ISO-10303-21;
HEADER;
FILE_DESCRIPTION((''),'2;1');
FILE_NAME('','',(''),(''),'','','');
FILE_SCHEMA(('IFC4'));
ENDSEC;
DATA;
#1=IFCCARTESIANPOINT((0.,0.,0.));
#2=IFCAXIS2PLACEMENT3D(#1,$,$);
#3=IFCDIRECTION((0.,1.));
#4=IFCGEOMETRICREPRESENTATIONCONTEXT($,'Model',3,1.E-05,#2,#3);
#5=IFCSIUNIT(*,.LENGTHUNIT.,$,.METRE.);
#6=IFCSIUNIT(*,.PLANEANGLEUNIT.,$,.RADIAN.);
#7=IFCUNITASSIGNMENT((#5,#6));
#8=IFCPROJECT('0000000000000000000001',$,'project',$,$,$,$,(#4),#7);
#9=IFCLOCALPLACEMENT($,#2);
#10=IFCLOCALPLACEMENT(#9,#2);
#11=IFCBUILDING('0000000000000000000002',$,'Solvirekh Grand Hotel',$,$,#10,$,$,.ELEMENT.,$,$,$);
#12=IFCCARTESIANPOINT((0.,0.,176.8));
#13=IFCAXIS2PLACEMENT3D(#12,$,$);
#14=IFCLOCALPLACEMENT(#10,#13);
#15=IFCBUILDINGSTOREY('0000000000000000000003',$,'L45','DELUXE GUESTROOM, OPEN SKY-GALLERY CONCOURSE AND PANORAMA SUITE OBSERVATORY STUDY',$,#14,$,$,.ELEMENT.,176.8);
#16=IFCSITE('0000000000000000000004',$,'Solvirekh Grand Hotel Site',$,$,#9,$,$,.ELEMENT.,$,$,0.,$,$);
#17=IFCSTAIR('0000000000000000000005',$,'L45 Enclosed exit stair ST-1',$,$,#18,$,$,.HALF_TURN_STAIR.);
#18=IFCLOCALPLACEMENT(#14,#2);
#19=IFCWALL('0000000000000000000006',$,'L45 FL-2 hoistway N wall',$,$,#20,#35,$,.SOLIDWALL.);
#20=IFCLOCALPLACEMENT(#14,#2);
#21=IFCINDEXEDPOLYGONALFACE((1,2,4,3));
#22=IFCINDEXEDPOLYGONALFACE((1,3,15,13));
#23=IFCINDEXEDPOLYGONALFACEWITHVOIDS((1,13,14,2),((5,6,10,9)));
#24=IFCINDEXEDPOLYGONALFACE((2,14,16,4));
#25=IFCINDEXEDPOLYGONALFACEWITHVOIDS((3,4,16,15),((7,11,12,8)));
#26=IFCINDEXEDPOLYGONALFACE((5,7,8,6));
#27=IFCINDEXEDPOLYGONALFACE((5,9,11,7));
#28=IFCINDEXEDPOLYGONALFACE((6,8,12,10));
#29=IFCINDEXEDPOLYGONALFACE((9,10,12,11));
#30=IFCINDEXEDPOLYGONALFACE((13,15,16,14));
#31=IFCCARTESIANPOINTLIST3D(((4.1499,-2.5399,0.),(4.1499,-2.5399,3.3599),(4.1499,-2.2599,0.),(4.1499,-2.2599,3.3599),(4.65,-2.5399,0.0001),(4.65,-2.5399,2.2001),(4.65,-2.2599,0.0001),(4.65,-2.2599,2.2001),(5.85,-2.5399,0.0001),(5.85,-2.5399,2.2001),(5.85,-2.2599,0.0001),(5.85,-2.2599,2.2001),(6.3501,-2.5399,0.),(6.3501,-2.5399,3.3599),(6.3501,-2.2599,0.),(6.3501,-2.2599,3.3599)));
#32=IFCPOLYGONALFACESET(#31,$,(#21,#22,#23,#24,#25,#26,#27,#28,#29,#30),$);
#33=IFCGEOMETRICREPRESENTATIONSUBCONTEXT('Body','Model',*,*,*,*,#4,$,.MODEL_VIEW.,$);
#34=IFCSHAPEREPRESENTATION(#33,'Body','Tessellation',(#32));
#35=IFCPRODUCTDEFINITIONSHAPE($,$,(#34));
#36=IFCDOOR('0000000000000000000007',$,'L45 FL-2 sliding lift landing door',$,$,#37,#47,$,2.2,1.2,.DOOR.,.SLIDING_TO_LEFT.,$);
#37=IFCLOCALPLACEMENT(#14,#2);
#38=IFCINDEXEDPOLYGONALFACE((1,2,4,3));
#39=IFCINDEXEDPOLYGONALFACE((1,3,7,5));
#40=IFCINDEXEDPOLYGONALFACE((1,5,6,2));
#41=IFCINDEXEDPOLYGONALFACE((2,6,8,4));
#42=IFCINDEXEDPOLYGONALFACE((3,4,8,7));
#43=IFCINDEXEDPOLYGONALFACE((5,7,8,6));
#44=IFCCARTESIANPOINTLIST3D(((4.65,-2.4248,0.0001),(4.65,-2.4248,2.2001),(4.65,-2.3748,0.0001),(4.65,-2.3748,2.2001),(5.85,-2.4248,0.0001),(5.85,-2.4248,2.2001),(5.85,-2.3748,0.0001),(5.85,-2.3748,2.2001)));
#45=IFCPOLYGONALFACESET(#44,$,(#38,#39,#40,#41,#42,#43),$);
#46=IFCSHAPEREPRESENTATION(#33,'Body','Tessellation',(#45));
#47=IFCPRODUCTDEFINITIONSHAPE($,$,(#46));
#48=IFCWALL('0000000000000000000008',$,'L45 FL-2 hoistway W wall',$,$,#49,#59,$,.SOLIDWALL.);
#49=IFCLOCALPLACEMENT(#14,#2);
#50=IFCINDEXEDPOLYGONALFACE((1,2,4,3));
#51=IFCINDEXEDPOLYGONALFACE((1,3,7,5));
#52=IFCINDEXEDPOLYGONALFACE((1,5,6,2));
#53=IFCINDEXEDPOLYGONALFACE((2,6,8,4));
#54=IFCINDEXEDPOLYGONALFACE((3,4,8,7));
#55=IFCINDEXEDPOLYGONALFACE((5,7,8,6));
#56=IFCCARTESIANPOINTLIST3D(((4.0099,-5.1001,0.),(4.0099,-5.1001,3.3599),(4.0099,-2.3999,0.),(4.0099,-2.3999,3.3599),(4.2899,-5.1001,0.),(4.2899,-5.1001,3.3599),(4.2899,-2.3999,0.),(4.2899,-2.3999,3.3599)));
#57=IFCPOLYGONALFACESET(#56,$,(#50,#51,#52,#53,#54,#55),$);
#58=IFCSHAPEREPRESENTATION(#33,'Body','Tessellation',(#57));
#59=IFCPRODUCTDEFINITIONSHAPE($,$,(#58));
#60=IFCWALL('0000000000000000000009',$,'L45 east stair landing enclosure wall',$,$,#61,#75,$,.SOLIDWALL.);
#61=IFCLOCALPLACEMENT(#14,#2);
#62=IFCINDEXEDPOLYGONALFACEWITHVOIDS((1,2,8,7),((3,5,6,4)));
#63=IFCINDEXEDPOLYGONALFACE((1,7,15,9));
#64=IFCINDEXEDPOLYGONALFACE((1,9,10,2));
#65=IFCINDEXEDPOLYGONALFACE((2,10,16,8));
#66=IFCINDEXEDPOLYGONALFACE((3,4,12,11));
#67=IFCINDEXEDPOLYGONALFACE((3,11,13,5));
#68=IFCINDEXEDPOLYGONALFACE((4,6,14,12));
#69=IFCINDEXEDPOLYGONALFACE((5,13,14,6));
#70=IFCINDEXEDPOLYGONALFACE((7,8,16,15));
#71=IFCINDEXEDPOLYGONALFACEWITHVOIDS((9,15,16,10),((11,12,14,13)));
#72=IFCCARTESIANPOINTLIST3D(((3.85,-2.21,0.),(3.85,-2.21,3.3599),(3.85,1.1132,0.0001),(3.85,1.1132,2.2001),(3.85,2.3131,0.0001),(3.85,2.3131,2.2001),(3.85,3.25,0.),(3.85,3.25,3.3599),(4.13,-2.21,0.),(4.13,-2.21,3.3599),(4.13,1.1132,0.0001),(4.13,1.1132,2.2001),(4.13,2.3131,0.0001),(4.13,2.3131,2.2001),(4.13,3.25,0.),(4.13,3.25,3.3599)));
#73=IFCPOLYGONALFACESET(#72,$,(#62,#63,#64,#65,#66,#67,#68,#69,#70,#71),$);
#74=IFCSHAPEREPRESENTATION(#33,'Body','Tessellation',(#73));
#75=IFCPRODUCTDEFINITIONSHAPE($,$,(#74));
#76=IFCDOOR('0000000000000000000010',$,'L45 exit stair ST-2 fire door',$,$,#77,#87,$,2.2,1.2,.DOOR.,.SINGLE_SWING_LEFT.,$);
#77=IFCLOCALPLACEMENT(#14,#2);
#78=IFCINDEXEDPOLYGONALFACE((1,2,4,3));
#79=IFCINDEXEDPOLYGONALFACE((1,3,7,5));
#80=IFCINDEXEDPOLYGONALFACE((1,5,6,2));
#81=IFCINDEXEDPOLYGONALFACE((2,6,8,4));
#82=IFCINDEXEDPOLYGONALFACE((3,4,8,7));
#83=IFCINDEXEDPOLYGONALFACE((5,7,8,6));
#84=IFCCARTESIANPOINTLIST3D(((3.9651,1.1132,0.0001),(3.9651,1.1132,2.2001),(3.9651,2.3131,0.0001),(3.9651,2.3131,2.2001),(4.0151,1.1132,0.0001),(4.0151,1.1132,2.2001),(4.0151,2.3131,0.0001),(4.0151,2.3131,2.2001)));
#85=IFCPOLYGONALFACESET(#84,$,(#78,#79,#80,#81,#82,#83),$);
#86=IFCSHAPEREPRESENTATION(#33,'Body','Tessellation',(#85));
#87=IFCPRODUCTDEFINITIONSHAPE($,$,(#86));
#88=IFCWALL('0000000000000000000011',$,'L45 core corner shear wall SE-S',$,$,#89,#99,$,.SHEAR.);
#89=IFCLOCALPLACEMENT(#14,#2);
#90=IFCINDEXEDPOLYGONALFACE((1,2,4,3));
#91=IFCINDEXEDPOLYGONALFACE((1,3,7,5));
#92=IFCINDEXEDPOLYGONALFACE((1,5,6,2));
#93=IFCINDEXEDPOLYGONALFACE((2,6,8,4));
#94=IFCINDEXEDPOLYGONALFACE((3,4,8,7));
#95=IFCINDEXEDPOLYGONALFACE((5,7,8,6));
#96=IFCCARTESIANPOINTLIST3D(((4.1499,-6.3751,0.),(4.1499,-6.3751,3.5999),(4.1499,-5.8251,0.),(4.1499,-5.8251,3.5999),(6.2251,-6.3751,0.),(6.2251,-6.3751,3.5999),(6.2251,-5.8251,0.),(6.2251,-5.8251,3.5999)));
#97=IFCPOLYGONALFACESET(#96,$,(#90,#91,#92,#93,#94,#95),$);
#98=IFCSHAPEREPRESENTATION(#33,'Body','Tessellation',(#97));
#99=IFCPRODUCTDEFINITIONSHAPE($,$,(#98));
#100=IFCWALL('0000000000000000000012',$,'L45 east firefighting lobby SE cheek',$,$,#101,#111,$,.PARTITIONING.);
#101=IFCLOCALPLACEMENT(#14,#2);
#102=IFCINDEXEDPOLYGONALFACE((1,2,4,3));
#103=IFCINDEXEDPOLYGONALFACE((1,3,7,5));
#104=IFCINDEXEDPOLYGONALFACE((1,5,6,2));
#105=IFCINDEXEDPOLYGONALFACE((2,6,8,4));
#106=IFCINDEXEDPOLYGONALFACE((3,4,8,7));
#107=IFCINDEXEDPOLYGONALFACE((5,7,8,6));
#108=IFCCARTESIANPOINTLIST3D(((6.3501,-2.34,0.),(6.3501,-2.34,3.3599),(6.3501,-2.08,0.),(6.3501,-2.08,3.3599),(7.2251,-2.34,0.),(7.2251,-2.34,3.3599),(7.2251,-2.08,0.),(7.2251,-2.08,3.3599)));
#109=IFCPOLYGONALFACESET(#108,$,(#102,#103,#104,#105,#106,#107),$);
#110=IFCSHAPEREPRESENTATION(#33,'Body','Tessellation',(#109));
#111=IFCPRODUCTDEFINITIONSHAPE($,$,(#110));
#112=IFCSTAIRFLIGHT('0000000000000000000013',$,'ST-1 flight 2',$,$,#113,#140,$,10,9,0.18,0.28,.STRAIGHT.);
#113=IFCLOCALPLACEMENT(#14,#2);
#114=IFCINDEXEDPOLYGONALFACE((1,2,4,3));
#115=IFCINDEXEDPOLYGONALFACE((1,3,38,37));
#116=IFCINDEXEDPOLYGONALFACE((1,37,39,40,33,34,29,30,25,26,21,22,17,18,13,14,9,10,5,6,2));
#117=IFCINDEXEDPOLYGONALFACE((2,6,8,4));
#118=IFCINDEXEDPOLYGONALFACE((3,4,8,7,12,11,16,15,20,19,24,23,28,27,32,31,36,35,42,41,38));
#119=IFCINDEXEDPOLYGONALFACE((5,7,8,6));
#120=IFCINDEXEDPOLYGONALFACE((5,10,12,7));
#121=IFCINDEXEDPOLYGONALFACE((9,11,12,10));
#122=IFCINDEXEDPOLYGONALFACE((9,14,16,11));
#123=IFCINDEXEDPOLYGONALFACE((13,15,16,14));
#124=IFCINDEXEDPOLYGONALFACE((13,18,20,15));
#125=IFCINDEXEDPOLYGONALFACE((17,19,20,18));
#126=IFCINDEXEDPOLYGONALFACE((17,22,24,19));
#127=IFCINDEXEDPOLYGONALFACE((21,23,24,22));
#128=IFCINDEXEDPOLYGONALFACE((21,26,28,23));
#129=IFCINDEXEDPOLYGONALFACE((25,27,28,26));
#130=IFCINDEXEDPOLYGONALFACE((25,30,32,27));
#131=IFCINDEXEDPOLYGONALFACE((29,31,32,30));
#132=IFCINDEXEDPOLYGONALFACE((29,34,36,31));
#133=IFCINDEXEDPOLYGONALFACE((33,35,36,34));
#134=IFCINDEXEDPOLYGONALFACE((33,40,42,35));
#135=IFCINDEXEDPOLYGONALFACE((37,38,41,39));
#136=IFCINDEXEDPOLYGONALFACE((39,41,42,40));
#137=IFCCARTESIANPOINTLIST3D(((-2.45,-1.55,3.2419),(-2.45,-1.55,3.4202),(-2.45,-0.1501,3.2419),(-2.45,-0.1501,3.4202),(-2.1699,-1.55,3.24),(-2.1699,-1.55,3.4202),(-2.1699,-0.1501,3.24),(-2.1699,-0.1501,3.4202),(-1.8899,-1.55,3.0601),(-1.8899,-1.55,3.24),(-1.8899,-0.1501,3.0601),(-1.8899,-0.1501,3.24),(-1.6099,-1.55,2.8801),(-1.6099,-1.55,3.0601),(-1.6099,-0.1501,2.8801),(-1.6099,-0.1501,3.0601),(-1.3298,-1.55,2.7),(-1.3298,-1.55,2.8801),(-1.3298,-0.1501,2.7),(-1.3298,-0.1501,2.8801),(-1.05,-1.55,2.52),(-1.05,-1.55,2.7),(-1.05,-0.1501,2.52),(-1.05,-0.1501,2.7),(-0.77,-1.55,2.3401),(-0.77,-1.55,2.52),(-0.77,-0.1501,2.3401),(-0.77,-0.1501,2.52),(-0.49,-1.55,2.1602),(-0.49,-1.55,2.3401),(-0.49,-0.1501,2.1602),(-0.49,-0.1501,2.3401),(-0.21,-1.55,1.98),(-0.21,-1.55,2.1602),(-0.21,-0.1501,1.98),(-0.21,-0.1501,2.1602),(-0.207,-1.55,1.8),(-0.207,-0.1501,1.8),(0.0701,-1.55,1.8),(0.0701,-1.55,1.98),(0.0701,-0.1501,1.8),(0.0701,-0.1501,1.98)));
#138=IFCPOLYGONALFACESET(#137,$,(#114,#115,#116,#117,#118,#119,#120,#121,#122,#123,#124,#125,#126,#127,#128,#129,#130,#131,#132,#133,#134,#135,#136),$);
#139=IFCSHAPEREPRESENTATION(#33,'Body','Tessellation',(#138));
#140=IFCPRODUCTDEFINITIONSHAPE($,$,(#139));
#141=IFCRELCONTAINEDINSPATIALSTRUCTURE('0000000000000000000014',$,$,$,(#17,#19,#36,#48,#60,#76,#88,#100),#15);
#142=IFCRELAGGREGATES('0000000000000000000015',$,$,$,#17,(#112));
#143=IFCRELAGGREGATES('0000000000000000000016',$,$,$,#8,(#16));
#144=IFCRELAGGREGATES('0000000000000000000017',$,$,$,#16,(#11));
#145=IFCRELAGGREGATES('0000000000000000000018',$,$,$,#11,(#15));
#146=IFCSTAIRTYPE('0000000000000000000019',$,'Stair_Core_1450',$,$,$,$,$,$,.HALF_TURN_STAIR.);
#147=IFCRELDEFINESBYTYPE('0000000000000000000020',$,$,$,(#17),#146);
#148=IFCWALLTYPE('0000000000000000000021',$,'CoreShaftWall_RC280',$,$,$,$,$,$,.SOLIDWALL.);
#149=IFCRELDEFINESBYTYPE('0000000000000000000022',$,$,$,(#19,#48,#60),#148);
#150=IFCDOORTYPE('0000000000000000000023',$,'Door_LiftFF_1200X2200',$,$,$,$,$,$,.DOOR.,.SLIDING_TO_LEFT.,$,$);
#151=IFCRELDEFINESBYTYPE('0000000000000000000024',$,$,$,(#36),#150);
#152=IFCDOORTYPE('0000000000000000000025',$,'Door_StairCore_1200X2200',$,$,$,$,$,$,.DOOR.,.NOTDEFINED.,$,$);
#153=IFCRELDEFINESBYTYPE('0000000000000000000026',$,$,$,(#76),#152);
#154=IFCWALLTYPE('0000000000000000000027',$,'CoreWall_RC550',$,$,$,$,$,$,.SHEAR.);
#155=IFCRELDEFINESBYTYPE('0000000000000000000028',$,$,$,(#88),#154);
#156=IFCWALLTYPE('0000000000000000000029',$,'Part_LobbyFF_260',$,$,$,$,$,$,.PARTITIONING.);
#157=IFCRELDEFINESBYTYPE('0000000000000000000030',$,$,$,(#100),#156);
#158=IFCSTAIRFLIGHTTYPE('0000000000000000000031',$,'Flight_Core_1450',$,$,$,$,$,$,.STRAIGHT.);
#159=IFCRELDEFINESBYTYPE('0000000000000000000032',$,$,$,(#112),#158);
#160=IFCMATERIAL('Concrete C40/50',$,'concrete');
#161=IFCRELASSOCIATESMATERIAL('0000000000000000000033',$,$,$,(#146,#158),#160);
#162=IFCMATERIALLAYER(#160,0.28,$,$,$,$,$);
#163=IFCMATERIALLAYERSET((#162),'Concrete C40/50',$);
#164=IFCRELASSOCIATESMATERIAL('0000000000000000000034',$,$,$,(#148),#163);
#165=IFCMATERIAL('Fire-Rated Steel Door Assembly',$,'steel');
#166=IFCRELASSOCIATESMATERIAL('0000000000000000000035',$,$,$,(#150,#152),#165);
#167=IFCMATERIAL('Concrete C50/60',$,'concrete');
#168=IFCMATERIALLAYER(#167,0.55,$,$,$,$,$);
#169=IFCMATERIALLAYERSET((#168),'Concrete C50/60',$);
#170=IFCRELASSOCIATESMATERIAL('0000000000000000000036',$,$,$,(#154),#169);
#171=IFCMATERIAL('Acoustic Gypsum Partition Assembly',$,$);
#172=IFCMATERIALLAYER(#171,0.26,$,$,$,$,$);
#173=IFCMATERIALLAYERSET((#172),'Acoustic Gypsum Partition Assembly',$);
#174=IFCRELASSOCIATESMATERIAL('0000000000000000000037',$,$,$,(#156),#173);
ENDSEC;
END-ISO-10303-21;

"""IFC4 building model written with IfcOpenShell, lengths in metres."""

from ifc_helpers import new_model, si_unit, direction, frame, frame_2d, origin, place, context, subcontext, project, spatial, polyline, rectangle, outline, extrude, material, layer, layer_set, type_object, element, fill, aggregate, save


model = new_model("IFC4")

# Units and contexts
model_context = context("Model", 3, precision=1e-05, world=origin(), true_north=direction((0.0, 1.0)))
body_context = subcontext(model_context, "Body", "Model", "MODEL_VIEW")
ifc_project = project(units=[si_unit("LENGTHUNIT", "METRE"), si_unit("PLANEANGLEUNIT", "RADIAN")], contexts=[model_context])

# Site, building, storey
site_placement = place(None, origin())
site = spatial("IfcSite", under=ifc_project, at=site_placement, Name="Solvirekh Grand Hotel Site", CompositionType="ELEMENT", RefElevation=0.0)
building_placement = place(site_placement, origin())
building = spatial("IfcBuilding", under=site, at=building_placement, Name="Solvirekh Grand Hotel", CompositionType="ELEMENT")
storey_placement = place(building_placement, frame((0.0, 0.0, 176.8)))
storey = spatial("IfcBuildingStorey", under=building, at=storey_placement, Name="L45", Description="DELUXE GUESTROOM, OPEN SKY-GALLERY CONCOURSE AND PANORAMA SUITE OBSERVATORY STUDY", CompositionType="ELEMENT", Elevation=176.8)

# Shared definitions
ifc_material_1 = material(Name="Concrete C50/60", Category="concrete")

# Stair
ifc_material_2 = material(Name="Concrete C40/50", Category="concrete")
stair_type = type_object("IfcStairType", Name="Stair_Core_1450", PredefinedType="HALF_TURN_STAIR", material=ifc_material_2)
stair_1_placement = place(storey_placement, origin())
stair_1 = element("IfcStair", 1, at=stair_1_placement, inside=storey, type_object=stair_type, Name="L45 Enclosed exit stair ST-1", PredefinedType="HALF_TURN_STAIR")

# Shared definitions
ifc_layer_1 = layer(ifc_material_2, 0.28)
ifc_layer_set_1 = layer_set([ifc_layer_1], Name="Concrete C40/50")
wall_type_1 = type_object("IfcWallType", Name="CoreShaftWall_RC280", PredefinedType="SOLIDWALL", material=ifc_layer_set_1)

# Wall, opening, door
wall_1_placement = place(storey_placement, frame((6.3501, -2.3999, 0.0), z_axis=(0.0, 0.0, 1.0), x_axis=(-1.0, 0.0, 0.0)))
wall_1 = element("IfcWall", 2, at=wall_1_placement, inside=storey, type_object=wall_type_1, Name="L45 FL-2 hoistway N wall", PredefinedType="SOLIDWALL", context=body_context, shape_type="SweptSolid", body=[
    extrude(rectangle(XDim=2.2002, YDim=0.28, at=frame_2d((1.1001, 0.0))), origin(), (0.0, 0.0, 1.0), 3.3599),
])
opening_1_placement = place(wall_1_placement, frame((0.5, 0.0, 0.0)))
opening_1 = element("IfcOpeningElement", 3, at=opening_1_placement, cuts=wall_1, PredefinedType="OPENING", context=body_context, shape_type="SweptSolid", body=[
    extrude(rectangle(XDim=1.2, YDim=2.2, at=frame_2d((0.6001, 1.1001))), frame((0.0, 0.1499, 0.0), z_axis=(0.0, -1.0, 0.0), x_axis=(1.0, 0.0, 0.0)), (0.0, 0.0, 1.0), 0.3),
])
ifc_material_3 = material(Name="Fire-Rated Steel Door Assembly", Category="steel")
door_type_1 = type_object("IfcDoorType", Name="Door_LiftFF_1200X2200", OperationType="SLIDING_TO_LEFT", PredefinedType="DOOR", material=ifc_material_3)
door_1_placement = place(opening_1_placement, origin())
door_1 = element("IfcDoor", 4, at=door_1_placement, inside=storey, type_object=door_type_1, Name="L45 FL-2 sliding lift landing door", OperationType="SLIDING_TO_LEFT", OverallHeight=2.2, OverallWidth=1.2, PredefinedType="DOOR", context=body_context, shape_type="SweptSolid", body=[
    extrude(rectangle(XDim=1.2, YDim=2.2, at=frame_2d((0.6001, 1.1001))), frame((0.0, 0.0249, 0.0), z_axis=(0.0, -1.0, 0.0), x_axis=(1.0, 0.0, 0.0)), (0.0, 0.0, 1.0), 0.05),
])
fill(opening_1, door_1)

# Wall
wall_2_placement = place(storey_placement, frame((4.1499, -2.3999, 0.0), z_axis=(0.0, 0.0, 1.0), x_axis=(0.0, -1.0, 0.0)))
element("IfcWall", 5, at=wall_2_placement, inside=storey, type_object=wall_type_1, Name="L45 FL-2 hoistway W wall", PredefinedType="SOLIDWALL", context=body_context, shape_type="SweptSolid", body=[
    extrude(rectangle(XDim=2.7002, YDim=0.28, at=frame_2d((1.3501, 0.0))), origin(), (0.0, 0.0, 1.0), 3.3599),
])

# Wall, opening, door
wall_3_placement = place(storey_placement, frame((3.99, -2.21, 0.0), z_axis=(0.0, 0.0, 1.0), x_axis=(0.0, 1.0, 0.0)))
wall_3 = element("IfcWall", 6, at=wall_3_placement, inside=storey, type_object=wall_type_1, Name="L45 east stair landing enclosure wall", PredefinedType="SOLIDWALL", context=body_context, shape_type="SweptSolid", body=[
    extrude(rectangle(XDim=5.46, YDim=0.28, at=frame_2d((2.73, 0.0))), origin(), (0.0, 0.0, 1.0), 3.3599),
])
opening_2_placement = place(wall_3_placement, frame((3.323, 0.0, 0.0)))
opening_2 = element("IfcOpeningElement", 7, at=opening_2_placement, cuts=wall_3, PredefinedType="OPENING", context=body_context, shape_type="SweptSolid", body=[
    extrude(rectangle(XDim=1.2, YDim=2.2, at=frame_2d((0.6001, 1.1001))), frame((0.0, 0.1499, 0.0), z_axis=(0.0, -1.0, 0.0), x_axis=(1.0, 0.0, 0.0)), (0.0, 0.0, 1.0), 0.3),
])
door_type_2 = type_object("IfcDoorType", Name="Door_StairCore_1200X2200", OperationType="NOTDEFINED", PredefinedType="DOOR", material=ifc_material_3)
door_2_placement = place(opening_2_placement, origin())
door_2 = element("IfcDoor", 8, at=door_2_placement, inside=storey, type_object=door_type_2, Name="L45 exit stair ST-2 fire door", OperationType="SINGLE_SWING_LEFT", OverallHeight=2.2, OverallWidth=1.2, PredefinedType="DOOR", context=body_context, shape_type="SweptSolid", body=[
    extrude(rectangle(XDim=1.2, YDim=2.2, at=frame_2d((0.6001, 1.1001))), frame((0.0, 0.0249, 0.0), z_axis=(0.0, -1.0, 0.0), x_axis=(1.0, 0.0, 0.0)), (0.0, 0.0, 1.0), 0.05),
])
fill(opening_2, door_2)

# Walls
ifc_layer_2 = layer(ifc_material_1, 0.55)
ifc_layer_set_2 = layer_set([ifc_layer_2], Name="Concrete C50/60")
wall_type_2 = type_object("IfcWallType", Name="CoreWall_RC550", PredefinedType="SHEAR", material=ifc_layer_set_2)
wall_4_placement = place(storey_placement, frame((4.1499, -6.1001, 0.0), z_axis=(0.0, 0.0, 1.0), x_axis=(1.0, 0.0, 0.0)))
element("IfcWall", 9, at=wall_4_placement, inside=storey, type_object=wall_type_2, Name="L45 core corner shear wall SE-S", PredefinedType="SHEAR", context=body_context, shape_type="SweptSolid", body=[
    extrude(rectangle(XDim=2.0752, YDim=0.55, at=frame_2d((1.0376, 0.0))), origin(), (0.0, 0.0, 1.0), 3.5999),
])
ifc_material_4 = material(Name="Acoustic Gypsum Partition Assembly")
ifc_layer_3 = layer(ifc_material_4, 0.26)
ifc_layer_set_3 = layer_set([ifc_layer_3], Name="Acoustic Gypsum Partition Assembly")
wall_type_3 = type_object("IfcWallType", Name="Part_LobbyFF_260", PredefinedType="PARTITIONING", material=ifc_layer_set_3)
wall_5_placement = place(storey_placement, frame((6.3501, -2.21, 0.0), z_axis=(0.0, 0.0, 1.0), x_axis=(1.0, 0.0, 0.0)))
element("IfcWall", 10, at=wall_5_placement, inside=storey, type_object=wall_type_3, Name="L45 east firefighting lobby SE cheek", PredefinedType="PARTITIONING", context=body_context, shape_type="SweptSolid", body=[
    extrude(rectangle(XDim=0.875, YDim=0.26, at=frame_2d((0.4375, 0.0))), origin(), (0.0, 0.0, 1.0), 3.3599),
])

# Stair flight
stair_flight_type = type_object("IfcStairFlightType", Name="Flight_Core_1450", PredefinedType="STRAIGHT", material=ifc_material_2)
stair_flight_placement = place(storey_placement, frame((0.0701, -0.8501, 1.8), z_axis=(0.0, 0.0, 1.0), x_axis=(-1.0, 0.0, 0.0)))
stair_flight = element("IfcStairFlight", 11, at=stair_flight_placement, type_object=stair_flight_type, Name="ST-1 flight 2", NumberOfRisers=10, NumberOfTreads=9, PredefinedType="STRAIGHT", RiserHeight=0.18, TreadLength=0.28, context=body_context, shape_type="SweptSolid", body=[
    extrude(outline(polyline([(0.0, 0.0), (0.0, 0.1799), (0.28, 0.1799), (0.28, 0.3601), (0.5601, 0.3601), (0.5601, 0.54), (0.8401, 0.54), (0.8401, 0.72), (1.1201, 0.72), (1.1201, 0.8999), (1.3999, 0.8999), (1.3999, 1.0801), (1.6799, 1.0801), (1.6799, 1.26), (1.96, 1.26), (1.96, 1.4399), (2.24, 1.4399), (2.24, 1.6201), (2.52, 1.6201), (2.52, 1.8), (2.52, 1.4419), (0.2771, 0.0), (0.0, 0.0)])), frame((0.0, 0.7, 0.0), z_axis=(0.0, -1.0, 0.0), x_axis=(1.0, 0.0, 0.0)), (0.0, 0.0, 1.0), 1.3999),
])
aggregate(stair_1, [stair_flight])

save(model, "model.ifc")
